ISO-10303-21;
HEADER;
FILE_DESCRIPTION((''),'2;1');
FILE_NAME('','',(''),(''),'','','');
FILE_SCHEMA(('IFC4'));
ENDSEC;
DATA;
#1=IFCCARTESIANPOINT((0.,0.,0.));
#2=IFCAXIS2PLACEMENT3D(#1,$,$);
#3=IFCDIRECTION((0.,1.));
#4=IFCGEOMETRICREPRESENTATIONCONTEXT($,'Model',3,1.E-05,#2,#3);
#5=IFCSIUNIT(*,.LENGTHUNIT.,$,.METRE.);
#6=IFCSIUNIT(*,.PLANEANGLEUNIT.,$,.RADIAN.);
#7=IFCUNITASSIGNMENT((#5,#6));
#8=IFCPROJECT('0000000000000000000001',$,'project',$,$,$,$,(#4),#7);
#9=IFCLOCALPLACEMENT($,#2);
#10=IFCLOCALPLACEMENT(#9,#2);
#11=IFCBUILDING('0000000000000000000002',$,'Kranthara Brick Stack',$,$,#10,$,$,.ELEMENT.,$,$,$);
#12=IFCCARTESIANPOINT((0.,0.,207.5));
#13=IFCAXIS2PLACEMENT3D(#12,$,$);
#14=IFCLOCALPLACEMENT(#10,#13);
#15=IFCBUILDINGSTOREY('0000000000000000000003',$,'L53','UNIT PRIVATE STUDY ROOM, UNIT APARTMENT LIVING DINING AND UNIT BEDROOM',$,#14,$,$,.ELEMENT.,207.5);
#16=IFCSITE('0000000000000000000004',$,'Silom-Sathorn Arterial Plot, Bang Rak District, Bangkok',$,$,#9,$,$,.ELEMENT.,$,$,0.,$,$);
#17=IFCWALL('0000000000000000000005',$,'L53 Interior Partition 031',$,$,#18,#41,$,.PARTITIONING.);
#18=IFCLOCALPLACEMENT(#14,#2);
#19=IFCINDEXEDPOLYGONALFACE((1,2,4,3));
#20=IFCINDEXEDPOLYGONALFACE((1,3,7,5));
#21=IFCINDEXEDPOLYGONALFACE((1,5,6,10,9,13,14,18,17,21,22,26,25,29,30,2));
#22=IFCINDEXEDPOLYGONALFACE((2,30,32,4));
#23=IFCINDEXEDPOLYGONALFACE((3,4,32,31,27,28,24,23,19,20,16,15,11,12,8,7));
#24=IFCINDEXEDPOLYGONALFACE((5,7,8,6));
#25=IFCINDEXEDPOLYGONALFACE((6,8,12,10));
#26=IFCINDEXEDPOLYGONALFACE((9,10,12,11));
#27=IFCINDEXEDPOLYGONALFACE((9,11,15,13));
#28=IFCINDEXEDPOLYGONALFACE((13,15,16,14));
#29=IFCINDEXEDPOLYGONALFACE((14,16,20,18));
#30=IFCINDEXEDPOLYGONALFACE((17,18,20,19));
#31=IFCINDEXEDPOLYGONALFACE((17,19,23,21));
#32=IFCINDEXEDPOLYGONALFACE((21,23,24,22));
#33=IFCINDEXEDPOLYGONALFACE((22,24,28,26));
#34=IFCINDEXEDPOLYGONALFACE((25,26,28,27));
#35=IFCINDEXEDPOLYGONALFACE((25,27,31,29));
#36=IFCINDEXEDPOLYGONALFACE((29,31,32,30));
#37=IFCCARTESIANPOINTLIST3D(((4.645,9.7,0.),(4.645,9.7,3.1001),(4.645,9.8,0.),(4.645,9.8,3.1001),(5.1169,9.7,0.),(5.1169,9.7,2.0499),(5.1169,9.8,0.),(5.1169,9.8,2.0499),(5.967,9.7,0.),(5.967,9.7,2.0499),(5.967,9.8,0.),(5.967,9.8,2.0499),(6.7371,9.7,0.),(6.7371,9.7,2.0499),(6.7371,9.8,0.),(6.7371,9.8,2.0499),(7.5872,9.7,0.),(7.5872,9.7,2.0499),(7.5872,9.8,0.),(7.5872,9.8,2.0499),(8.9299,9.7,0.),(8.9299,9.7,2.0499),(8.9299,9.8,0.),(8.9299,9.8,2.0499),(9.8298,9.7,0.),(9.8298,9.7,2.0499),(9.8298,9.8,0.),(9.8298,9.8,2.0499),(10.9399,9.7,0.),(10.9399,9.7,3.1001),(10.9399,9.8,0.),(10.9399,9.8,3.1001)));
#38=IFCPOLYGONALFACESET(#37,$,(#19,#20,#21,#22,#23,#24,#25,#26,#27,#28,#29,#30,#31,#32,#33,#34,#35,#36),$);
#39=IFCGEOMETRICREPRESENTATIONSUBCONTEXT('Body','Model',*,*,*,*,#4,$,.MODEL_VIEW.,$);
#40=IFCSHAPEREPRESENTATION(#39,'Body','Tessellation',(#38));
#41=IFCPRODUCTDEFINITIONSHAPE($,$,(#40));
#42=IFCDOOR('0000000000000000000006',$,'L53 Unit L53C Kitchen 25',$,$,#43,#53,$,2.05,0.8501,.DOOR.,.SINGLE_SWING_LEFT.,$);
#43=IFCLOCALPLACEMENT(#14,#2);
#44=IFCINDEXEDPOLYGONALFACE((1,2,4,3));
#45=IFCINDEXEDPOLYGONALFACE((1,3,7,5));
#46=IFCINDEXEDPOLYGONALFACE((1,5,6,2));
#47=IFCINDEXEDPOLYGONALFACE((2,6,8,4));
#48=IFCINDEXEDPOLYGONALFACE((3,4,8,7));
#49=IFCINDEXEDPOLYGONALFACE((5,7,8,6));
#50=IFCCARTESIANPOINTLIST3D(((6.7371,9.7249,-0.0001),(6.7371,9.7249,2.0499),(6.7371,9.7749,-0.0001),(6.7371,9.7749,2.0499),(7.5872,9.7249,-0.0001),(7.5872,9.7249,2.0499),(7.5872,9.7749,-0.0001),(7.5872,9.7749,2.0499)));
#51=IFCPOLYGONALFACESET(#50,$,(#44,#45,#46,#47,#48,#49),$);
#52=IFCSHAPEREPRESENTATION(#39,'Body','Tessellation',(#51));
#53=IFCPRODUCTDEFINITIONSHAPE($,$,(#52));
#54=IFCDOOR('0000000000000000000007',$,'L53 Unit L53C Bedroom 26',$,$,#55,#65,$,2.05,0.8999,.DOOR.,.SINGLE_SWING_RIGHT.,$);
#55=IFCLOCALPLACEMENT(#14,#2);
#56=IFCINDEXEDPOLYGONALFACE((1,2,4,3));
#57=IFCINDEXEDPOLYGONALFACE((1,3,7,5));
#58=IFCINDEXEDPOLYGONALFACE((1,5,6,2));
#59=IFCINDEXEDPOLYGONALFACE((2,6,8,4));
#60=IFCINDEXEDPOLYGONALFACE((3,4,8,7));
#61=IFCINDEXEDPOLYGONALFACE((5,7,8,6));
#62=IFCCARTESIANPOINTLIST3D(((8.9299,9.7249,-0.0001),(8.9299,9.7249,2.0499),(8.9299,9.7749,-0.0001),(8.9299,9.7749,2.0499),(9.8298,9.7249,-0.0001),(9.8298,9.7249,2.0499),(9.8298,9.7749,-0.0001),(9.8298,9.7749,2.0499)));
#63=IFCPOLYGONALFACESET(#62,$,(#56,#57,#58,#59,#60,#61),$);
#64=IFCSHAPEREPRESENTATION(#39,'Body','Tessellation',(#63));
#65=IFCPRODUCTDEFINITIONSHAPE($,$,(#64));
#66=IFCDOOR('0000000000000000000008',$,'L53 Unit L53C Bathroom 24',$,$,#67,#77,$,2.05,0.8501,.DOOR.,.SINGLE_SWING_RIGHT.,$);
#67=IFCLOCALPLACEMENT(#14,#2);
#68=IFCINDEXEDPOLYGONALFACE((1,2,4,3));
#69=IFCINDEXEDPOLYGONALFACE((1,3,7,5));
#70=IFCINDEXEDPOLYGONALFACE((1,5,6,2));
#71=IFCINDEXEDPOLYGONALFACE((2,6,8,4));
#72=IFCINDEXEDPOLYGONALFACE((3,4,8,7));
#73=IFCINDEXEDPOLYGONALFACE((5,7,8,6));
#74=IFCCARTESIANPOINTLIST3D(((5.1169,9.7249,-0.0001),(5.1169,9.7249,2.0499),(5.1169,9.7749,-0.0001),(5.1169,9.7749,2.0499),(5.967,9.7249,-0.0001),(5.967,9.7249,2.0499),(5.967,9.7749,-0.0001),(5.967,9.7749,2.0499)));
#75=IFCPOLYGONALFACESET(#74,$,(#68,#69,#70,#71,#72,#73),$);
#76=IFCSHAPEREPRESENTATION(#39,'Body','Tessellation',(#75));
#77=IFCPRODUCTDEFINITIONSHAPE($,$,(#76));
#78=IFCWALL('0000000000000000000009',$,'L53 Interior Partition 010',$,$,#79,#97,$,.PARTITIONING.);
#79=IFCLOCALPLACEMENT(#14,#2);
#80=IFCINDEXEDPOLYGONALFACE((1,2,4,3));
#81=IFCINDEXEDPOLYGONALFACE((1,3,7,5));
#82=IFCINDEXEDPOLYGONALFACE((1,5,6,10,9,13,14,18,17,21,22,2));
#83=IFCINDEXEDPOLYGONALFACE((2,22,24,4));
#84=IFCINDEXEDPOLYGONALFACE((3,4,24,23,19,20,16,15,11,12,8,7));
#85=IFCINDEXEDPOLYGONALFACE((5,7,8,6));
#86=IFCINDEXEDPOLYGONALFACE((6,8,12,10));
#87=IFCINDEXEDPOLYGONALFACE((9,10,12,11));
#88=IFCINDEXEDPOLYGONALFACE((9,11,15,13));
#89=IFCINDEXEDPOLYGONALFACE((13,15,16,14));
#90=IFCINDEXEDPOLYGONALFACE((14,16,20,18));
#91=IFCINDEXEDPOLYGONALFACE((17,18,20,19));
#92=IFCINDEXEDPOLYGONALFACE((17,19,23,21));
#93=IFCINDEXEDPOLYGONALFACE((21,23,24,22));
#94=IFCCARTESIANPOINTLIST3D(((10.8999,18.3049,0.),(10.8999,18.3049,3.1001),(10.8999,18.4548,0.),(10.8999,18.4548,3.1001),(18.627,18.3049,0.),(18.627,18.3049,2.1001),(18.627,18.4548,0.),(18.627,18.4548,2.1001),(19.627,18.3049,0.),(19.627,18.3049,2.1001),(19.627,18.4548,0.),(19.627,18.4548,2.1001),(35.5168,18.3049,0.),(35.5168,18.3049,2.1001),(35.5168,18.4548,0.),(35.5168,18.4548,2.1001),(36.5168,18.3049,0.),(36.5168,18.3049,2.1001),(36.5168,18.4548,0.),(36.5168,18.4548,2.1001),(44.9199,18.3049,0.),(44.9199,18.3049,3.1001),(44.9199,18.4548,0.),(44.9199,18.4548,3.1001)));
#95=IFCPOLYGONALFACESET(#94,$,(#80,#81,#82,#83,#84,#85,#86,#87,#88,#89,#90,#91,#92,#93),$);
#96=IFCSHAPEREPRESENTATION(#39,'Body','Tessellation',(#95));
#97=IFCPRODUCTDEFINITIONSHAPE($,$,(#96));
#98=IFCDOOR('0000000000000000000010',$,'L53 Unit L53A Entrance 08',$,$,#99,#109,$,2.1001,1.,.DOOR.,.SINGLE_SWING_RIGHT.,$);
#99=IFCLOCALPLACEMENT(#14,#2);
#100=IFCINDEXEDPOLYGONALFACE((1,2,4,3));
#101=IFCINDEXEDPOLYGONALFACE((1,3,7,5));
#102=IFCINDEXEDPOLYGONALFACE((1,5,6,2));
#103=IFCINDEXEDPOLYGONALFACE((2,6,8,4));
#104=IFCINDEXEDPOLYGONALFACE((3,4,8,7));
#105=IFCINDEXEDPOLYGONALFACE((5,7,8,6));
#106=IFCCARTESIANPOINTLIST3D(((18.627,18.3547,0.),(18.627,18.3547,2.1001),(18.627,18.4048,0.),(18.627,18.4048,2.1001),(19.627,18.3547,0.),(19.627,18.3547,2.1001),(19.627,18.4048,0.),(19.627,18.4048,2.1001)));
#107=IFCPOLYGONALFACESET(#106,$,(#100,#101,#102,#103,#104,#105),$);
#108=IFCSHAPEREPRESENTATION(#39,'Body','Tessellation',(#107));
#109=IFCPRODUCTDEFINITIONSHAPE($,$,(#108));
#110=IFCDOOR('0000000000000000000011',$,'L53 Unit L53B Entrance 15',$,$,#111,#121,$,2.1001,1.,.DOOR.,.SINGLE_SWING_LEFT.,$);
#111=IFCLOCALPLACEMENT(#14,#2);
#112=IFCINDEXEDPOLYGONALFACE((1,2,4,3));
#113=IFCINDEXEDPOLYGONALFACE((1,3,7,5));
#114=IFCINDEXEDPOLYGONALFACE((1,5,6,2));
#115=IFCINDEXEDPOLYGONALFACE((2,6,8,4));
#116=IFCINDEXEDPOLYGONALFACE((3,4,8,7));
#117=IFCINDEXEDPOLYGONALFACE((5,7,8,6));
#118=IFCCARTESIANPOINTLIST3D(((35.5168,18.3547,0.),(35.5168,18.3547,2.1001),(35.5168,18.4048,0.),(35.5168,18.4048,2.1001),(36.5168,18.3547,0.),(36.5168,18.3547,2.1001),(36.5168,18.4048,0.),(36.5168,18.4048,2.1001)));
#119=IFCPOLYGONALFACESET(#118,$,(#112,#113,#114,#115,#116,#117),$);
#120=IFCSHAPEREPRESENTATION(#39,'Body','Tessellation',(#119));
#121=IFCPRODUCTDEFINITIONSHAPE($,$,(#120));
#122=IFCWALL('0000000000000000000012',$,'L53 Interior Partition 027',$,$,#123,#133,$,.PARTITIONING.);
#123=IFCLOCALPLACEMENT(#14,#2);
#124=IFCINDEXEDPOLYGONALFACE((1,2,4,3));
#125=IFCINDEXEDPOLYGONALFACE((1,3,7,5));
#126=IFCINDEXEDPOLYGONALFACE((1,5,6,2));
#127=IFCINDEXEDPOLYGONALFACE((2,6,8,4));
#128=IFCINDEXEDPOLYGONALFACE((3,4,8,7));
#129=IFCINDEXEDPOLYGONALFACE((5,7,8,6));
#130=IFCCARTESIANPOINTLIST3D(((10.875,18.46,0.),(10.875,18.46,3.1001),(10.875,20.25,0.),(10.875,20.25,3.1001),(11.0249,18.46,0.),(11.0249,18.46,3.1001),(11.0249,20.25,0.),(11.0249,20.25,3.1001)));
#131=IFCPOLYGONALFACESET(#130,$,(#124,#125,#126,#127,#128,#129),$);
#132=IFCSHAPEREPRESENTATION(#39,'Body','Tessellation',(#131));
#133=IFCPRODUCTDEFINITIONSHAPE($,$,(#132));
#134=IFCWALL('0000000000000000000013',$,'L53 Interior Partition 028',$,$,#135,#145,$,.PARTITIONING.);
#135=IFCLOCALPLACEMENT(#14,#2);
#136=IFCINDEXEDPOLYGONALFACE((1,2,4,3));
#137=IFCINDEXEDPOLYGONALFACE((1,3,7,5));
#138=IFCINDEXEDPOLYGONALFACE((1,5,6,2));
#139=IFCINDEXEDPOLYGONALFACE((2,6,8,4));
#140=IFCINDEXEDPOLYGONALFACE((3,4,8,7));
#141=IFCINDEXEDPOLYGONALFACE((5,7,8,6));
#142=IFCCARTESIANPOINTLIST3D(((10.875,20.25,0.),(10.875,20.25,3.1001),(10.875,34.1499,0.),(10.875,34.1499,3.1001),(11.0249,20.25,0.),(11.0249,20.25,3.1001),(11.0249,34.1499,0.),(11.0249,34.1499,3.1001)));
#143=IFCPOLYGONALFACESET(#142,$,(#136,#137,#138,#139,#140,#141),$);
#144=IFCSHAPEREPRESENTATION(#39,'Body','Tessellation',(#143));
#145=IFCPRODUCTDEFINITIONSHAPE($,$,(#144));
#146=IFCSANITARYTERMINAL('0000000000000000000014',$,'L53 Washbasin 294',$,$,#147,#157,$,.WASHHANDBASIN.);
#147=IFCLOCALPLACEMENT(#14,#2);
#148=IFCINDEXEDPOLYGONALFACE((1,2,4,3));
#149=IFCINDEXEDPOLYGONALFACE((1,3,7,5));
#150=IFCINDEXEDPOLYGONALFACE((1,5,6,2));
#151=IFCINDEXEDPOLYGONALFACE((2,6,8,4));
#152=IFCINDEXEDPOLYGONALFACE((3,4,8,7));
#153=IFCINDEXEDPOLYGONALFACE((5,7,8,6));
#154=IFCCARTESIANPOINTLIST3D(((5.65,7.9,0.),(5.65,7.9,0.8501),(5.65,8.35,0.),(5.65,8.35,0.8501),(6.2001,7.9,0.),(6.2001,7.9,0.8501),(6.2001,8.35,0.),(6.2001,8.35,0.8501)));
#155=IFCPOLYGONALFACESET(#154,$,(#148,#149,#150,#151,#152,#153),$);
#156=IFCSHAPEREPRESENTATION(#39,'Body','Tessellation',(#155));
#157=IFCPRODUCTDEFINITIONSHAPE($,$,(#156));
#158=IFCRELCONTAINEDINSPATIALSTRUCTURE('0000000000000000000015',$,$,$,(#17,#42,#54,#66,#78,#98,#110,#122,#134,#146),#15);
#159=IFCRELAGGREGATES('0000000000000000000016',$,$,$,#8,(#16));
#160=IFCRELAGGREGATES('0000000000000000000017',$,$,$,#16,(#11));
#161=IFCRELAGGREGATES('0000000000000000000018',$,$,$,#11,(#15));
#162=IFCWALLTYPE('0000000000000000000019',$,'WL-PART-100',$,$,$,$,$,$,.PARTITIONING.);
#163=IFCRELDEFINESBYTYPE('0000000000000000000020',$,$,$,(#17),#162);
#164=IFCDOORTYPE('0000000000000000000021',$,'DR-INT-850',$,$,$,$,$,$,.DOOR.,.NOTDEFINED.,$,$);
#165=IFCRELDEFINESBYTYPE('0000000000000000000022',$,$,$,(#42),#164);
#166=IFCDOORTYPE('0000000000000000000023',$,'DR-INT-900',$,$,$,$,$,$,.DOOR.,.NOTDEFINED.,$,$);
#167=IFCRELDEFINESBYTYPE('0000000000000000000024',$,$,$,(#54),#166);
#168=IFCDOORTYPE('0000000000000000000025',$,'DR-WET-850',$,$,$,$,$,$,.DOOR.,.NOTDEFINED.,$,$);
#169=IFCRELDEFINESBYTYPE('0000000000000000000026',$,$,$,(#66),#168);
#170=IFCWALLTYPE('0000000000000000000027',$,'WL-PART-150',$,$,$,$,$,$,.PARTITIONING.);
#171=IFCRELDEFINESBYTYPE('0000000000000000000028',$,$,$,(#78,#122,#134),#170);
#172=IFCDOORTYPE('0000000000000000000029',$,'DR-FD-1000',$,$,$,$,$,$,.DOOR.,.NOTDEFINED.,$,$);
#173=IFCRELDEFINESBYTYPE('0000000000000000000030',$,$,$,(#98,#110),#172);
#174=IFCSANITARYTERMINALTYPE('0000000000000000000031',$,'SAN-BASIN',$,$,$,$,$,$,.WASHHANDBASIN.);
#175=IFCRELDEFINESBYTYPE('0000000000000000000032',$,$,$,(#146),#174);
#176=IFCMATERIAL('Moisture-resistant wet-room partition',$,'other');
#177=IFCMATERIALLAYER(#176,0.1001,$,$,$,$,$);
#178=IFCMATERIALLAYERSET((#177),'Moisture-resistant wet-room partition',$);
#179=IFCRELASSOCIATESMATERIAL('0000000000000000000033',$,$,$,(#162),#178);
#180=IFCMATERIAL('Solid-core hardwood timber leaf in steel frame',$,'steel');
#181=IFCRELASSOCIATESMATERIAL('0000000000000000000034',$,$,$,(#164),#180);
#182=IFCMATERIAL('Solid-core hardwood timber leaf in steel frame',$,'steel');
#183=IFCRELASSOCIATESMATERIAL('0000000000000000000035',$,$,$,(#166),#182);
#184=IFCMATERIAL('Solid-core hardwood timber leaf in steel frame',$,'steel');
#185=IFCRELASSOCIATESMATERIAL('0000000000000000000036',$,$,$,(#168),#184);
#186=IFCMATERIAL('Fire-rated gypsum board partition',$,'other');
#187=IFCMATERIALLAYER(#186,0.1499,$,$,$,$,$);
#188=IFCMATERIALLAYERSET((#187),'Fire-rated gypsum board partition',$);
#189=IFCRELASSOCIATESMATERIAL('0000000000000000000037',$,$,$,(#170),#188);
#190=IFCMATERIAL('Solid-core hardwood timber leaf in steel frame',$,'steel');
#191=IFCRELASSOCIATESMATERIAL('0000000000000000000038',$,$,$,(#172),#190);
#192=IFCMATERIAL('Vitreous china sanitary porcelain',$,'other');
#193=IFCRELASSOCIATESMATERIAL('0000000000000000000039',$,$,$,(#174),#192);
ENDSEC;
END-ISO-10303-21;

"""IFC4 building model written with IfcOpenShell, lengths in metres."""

from ifc_helpers import new_model, si_unit, direction, frame, frame_2d, origin, origin_2d, place, context, subcontext, project, spatial, rectangle, extrude, material, layer, layer_set, type_object, element, fill, save


model = new_model("IFC4")

# Units and contexts
model_context = context("Model", 3, precision=1e-05, world=origin(), true_north=direction((0.0, 1.0)))
body_context = subcontext(model_context, "Body", "Model", "MODEL_VIEW")
ifc_project = project(units=[si_unit("LENGTHUNIT", "METRE"), si_unit("PLANEANGLEUNIT", "RADIAN")], contexts=[model_context])

# Site, building, storey
site_placement = place(None, origin())
site = spatial("IfcSite", under=ifc_project, at=site_placement, Name="Silom-Sathorn Arterial Plot, Bang Rak District, Bangkok", CompositionType="ELEMENT", RefElevation=0.0)
building_placement = place(site_placement, origin())
building = spatial("IfcBuilding", under=site, at=building_placement, Name="Kranthara Brick Stack", CompositionType="ELEMENT")
storey_placement = place(building_placement, frame((0.0, 0.0, 207.5)))
storey = spatial("IfcBuildingStorey", under=building, at=storey_placement, Name="L53", Description="UNIT PRIVATE STUDY ROOM, UNIT APARTMENT LIVING DINING AND UNIT BEDROOM", CompositionType="ELEMENT", Elevation=207.5)

# Walls, openings, doors
ifc_material_1 = material(Name="Moisture-resistant wet-room partition", Category="other")
ifc_layer_1 = layer(ifc_material_1, 0.1001)
ifc_layer_set_1 = layer_set([ifc_layer_1], Name="Moisture-resistant wet-room partition")
wall_type_1 = type_object("IfcWallType", Name="WL-PART-100", PredefinedType="PARTITIONING", material=ifc_layer_set_1)
wall_1_placement = place(storey_placement, frame((4.645, 9.75, 0.0), z_axis=(0.0, 0.0, 1.0), x_axis=(1.0, 0.0, 0.0)))
wall_1 = element("IfcWall", 1, at=wall_1_placement, inside=storey, type_object=wall_type_1, Name="L53 Interior Partition 031", PredefinedType="PARTITIONING", context=body_context, shape_type="SweptSolid", body=[
    extrude(rectangle(XDim=6.2949, YDim=0.1001, at=frame_2d((3.1475, 0.0))), origin(), (0.0, 0.0, 1.0), 3.1001),
])
opening_1_placement = place(wall_1_placement, frame((0.4719, 0.0, 0.0)))
opening_1 = element("IfcOpeningElement", 2, at=opening_1_placement, cuts=wall_1, PredefinedType="OPENING", context=body_context, shape_type="SweptSolid", body=[
    extrude(rectangle(XDim=0.8501, YDim=2.05, at=frame_2d((0.425, 1.0249))), frame((0.0, 0.0601, 0.0), z_axis=(0.0, -1.0, 0.0), x_axis=(1.0, 0.0, 0.0)), (0.0, 0.0, 1.0), 0.1201),
])
opening_2_placement = place(wall_1_placement, frame((2.092, 0.0, 0.0)))
opening_2 = element("IfcOpeningElement", 3, at=opening_2_placement, cuts=wall_1, PredefinedType="OPENING", context=body_context, shape_type="SweptSolid", body=[
    extrude(rectangle(XDim=0.8501, YDim=2.05, at=frame_2d((0.425, 1.0249))), frame((0.0, 0.0601, 0.0), z_axis=(0.0, -1.0, 0.0), x_axis=(1.0, 0.0, 0.0)), (0.0, 0.0, 1.0), 0.1201),
])
opening_3_placement = place(wall_1_placement, frame((4.2849, 0.0, 0.0)))
opening_3 = element("IfcOpeningElement", 4, at=opening_3_placement, cuts=wall_1, PredefinedType="OPENING", context=body_context, shape_type="SweptSolid", body=[
    extrude(rectangle(XDim=0.8999, YDim=2.05, at=frame_2d((0.45, 1.0249))), frame((0.0, 0.0601, 0.0), z_axis=(0.0, -1.0, 0.0), x_axis=(1.0, 0.0, 0.0)), (0.0, 0.0, 1.0), 0.1201),
])
ifc_material_2 = material(Name="Solid-core hardwood timber leaf in steel frame", Category="steel")
door_type_1 = type_object("IfcDoorType", Name="DR-INT-850", OperationType="NOTDEFINED", PredefinedType="DOOR", material=ifc_material_2)
door_1_placement = place(opening_2_placement, origin())
door_1 = element("IfcDoor", 5, at=door_1_placement, inside=storey, type_object=door_type_1, Name="L53 Unit L53C Kitchen 25", OperationType="SINGLE_SWING_LEFT", OverallHeight=2.05, OverallWidth=0.8501, PredefinedType="DOOR", context=body_context, shape_type="SweptSolid", body=[
    extrude(rectangle(XDim=0.8501, YDim=2.05, at=frame_2d((0.425, 1.0249))), frame((0.0, 0.0249, 0.0), z_axis=(0.0, -1.0, 0.0), x_axis=(1.0, 0.0, 0.0)), (0.0, 0.0, 1.0), 0.05),
])
fill(opening_2, door_1)
ifc_material_3 = material(Name="Solid-core hardwood timber leaf in steel frame", Category="steel")
door_type_2 = type_object("IfcDoorType", Name="DR-INT-900", OperationType="NOTDEFINED", PredefinedType="DOOR", material=ifc_material_3)
door_2_placement = place(opening_3_placement, origin())
door_2 = element("IfcDoor", 6, at=door_2_placement, inside=storey, type_object=door_type_2, Name="L53 Unit L53C Bedroom 26", OperationType="SINGLE_SWING_RIGHT", OverallHeight=2.05, OverallWidth=0.8999, PredefinedType="DOOR", context=body_context, shape_type="SweptSolid", body=[
    extrude(rectangle(XDim=0.8999, YDim=2.05, at=frame_2d((0.45, 1.0249))), frame((0.0, 0.0249, 0.0), z_axis=(0.0, -1.0, 0.0), x_axis=(1.0, 0.0, 0.0)), (0.0, 0.0, 1.0), 0.05),
])
fill(opening_3, door_2)
ifc_material_4 = material(Name="Solid-core hardwood timber leaf in steel frame", Category="steel")
door_type_3 = type_object("IfcDoorType", Name="DR-WET-850", OperationType="NOTDEFINED", PredefinedType="DOOR", material=ifc_material_4)
door_3_placement = place(opening_1_placement, origin())
door_3 = element("IfcDoor", 7, at=door_3_placement, inside=storey, type_object=door_type_3, Name="L53 Unit L53C Bathroom 24", OperationType="SINGLE_SWING_RIGHT", OverallHeight=2.05, OverallWidth=0.8501, PredefinedType="DOOR", context=body_context, shape_type="SweptSolid", body=[
    extrude(rectangle(XDim=0.8501, YDim=2.05, at=frame_2d((0.425, 1.0249))), frame((0.0, 0.0249, 0.0), z_axis=(0.0, -1.0, 0.0), x_axis=(1.0, 0.0, 0.0)), (0.0, 0.0, 1.0), 0.05),
])
fill(opening_1, door_3)
ifc_material_5 = material(Name="Fire-rated gypsum board partition", Category="other")
ifc_layer_2 = layer(ifc_material_5, 0.1499)
ifc_layer_set_2 = layer_set([ifc_layer_2], Name="Fire-rated gypsum board partition")
wall_type_2 = type_object("IfcWallType", Name="WL-PART-150", PredefinedType="PARTITIONING", material=ifc_layer_set_2)
wall_2_placement = place(storey_placement, frame((10.8999, 18.3799, 0.0), z_axis=(0.0, 0.0, 1.0), x_axis=(1.0, 0.0, 0.0)))
wall_2 = element("IfcWall", 8, at=wall_2_placement, inside=storey, type_object=wall_type_2, Name="L53 Interior Partition 010", PredefinedType="PARTITIONING", context=body_context, shape_type="SweptSolid", body=[
    extrude(rectangle(XDim=34.02, YDim=0.1499, at=frame_2d((17.01, 0.0))), origin(), (0.0, 0.0, 1.0), 3.1001),
])
opening_4_placement = place(wall_2_placement, frame((7.7271, 0.0, 0.0)))
opening_4 = element("IfcOpeningElement", 9, at=opening_4_placement, cuts=wall_2, PredefinedType="OPENING", context=body_context, shape_type="SweptSolid", body=[
    extrude(rectangle(XDim=1.0, YDim=2.1001, at=frame_2d((0.5, 1.05))), frame((0.0, 0.085, 0.0), z_axis=(0.0, -1.0, 0.0), x_axis=(1.0, 0.0, 0.0)), (0.0, 0.0, 1.0), 0.1699),
])
opening_5_placement = place(wall_2_placement, frame((24.6169, 0.0, 0.0)))
opening_5 = element("IfcOpeningElement", 10, at=opening_5_placement, cuts=wall_2, PredefinedType="OPENING", context=body_context, shape_type="SweptSolid", body=[
    extrude(rectangle(XDim=1.0, YDim=2.1001, at=frame_2d((0.5, 1.05))), frame((0.0, 0.085, 0.0), z_axis=(0.0, -1.0, 0.0), x_axis=(1.0, 0.0, 0.0)), (0.0, 0.0, 1.0), 0.1699),
])
ifc_material_6 = material(Name="Solid-core hardwood timber leaf in steel frame", Category="steel")
door_type_4 = type_object("IfcDoorType", Name="DR-FD-1000", OperationType="NOTDEFINED", PredefinedType="DOOR", material=ifc_material_6)
door_4_placement = place(opening_4_placement, origin())
door_4 = element("IfcDoor", 11, at=door_4_placement, inside=storey, type_object=door_type_4, Name="L53 Unit L53A Entrance 08", OperationType="SINGLE_SWING_RIGHT", OverallHeight=2.1001, OverallWidth=1.0, PredefinedType="DOOR", context=body_context, shape_type="SweptSolid", body=[
    extrude(rectangle(XDim=1.0, YDim=2.1001, at=frame_2d((0.5, 1.05))), frame((0.0, 0.0249, 0.0), z_axis=(0.0, -1.0, 0.0), x_axis=(1.0, 0.0, 0.0)), (0.0, 0.0, 1.0), 0.05),
])
fill(opening_4, door_4)
door_5_placement = place(opening_5_placement, origin())
door_5 = element("IfcDoor", 12, at=door_5_placement, inside=storey, type_object=door_type_4, Name="L53 Unit L53B Entrance 15", OperationType="SINGLE_SWING_LEFT", OverallHeight=2.1001, OverallWidth=1.0, PredefinedType="DOOR", context=body_context, shape_type="SweptSolid", body=[
    extrude(rectangle(XDim=1.0, YDim=2.1001, at=frame_2d((0.5, 1.05))), frame((0.0, 0.0249, 0.0), z_axis=(0.0, -1.0, 0.0), x_axis=(1.0, 0.0, 0.0)), (0.0, 0.0, 1.0), 0.05),
])
fill(opening_5, door_5)

# Walls
wall_3_placement = place(storey_placement, frame((10.95, 18.46, 0.0), z_axis=(0.0, 0.0, 1.0), x_axis=(0.0, 1.0, 0.0)))
element("IfcWall", 13, at=wall_3_placement, inside=storey, type_object=wall_type_2, Name="L53 Interior Partition 027", PredefinedType="PARTITIONING", context=body_context, shape_type="SweptSolid", body=[
    extrude(rectangle(XDim=1.79, YDim=0.1499, at=frame_2d((0.895, 0.0))), origin(), (0.0, 0.0, 1.0), 3.1001),
])
wall_4_placement = place(storey_placement, frame((10.95, 20.25, 0.0), z_axis=(0.0, 0.0, 1.0), x_axis=(0.0, 1.0, 0.0)))
element("IfcWall", 14, at=wall_4_placement, inside=storey, type_object=wall_type_2, Name="L53 Interior Partition 028", PredefinedType="PARTITIONING", context=body_context, shape_type="SweptSolid", body=[
    extrude(rectangle(XDim=13.8999, YDim=0.1499, at=frame_2d((6.95, 0.0))), origin(), (0.0, 0.0, 1.0), 3.1001),
])

# Sanitary terminal
ifc_material_7 = material(Name="Vitreous china sanitary porcelain", Category="other")
sanitary_terminal_type_1 = type_object("IfcSanitaryTerminalType", Name="SAN-BASIN", PredefinedType="WASHHANDBASIN", material=ifc_material_7)
sanitary_terminal_1_placement = place(storey_placement, frame((5.925, 8.125, 0.0), z_axis=(0.0, 0.0, 1.0), x_axis=(1.0, 0.0, 0.0)))
element("IfcSanitaryTerminal", 15, at=sanitary_terminal_1_placement, inside=storey, type_object=sanitary_terminal_type_1, Name="L53 Washbasin 294", PredefinedType="WASHHANDBASIN", context=body_context, shape_type="SweptSolid", body=[
    extrude(rectangle(XDim=0.55, YDim=0.45, at=origin_2d()), origin(), (0.0, 0.0, 1.0), 0.8501),
])

save(model, "model.ifc")
